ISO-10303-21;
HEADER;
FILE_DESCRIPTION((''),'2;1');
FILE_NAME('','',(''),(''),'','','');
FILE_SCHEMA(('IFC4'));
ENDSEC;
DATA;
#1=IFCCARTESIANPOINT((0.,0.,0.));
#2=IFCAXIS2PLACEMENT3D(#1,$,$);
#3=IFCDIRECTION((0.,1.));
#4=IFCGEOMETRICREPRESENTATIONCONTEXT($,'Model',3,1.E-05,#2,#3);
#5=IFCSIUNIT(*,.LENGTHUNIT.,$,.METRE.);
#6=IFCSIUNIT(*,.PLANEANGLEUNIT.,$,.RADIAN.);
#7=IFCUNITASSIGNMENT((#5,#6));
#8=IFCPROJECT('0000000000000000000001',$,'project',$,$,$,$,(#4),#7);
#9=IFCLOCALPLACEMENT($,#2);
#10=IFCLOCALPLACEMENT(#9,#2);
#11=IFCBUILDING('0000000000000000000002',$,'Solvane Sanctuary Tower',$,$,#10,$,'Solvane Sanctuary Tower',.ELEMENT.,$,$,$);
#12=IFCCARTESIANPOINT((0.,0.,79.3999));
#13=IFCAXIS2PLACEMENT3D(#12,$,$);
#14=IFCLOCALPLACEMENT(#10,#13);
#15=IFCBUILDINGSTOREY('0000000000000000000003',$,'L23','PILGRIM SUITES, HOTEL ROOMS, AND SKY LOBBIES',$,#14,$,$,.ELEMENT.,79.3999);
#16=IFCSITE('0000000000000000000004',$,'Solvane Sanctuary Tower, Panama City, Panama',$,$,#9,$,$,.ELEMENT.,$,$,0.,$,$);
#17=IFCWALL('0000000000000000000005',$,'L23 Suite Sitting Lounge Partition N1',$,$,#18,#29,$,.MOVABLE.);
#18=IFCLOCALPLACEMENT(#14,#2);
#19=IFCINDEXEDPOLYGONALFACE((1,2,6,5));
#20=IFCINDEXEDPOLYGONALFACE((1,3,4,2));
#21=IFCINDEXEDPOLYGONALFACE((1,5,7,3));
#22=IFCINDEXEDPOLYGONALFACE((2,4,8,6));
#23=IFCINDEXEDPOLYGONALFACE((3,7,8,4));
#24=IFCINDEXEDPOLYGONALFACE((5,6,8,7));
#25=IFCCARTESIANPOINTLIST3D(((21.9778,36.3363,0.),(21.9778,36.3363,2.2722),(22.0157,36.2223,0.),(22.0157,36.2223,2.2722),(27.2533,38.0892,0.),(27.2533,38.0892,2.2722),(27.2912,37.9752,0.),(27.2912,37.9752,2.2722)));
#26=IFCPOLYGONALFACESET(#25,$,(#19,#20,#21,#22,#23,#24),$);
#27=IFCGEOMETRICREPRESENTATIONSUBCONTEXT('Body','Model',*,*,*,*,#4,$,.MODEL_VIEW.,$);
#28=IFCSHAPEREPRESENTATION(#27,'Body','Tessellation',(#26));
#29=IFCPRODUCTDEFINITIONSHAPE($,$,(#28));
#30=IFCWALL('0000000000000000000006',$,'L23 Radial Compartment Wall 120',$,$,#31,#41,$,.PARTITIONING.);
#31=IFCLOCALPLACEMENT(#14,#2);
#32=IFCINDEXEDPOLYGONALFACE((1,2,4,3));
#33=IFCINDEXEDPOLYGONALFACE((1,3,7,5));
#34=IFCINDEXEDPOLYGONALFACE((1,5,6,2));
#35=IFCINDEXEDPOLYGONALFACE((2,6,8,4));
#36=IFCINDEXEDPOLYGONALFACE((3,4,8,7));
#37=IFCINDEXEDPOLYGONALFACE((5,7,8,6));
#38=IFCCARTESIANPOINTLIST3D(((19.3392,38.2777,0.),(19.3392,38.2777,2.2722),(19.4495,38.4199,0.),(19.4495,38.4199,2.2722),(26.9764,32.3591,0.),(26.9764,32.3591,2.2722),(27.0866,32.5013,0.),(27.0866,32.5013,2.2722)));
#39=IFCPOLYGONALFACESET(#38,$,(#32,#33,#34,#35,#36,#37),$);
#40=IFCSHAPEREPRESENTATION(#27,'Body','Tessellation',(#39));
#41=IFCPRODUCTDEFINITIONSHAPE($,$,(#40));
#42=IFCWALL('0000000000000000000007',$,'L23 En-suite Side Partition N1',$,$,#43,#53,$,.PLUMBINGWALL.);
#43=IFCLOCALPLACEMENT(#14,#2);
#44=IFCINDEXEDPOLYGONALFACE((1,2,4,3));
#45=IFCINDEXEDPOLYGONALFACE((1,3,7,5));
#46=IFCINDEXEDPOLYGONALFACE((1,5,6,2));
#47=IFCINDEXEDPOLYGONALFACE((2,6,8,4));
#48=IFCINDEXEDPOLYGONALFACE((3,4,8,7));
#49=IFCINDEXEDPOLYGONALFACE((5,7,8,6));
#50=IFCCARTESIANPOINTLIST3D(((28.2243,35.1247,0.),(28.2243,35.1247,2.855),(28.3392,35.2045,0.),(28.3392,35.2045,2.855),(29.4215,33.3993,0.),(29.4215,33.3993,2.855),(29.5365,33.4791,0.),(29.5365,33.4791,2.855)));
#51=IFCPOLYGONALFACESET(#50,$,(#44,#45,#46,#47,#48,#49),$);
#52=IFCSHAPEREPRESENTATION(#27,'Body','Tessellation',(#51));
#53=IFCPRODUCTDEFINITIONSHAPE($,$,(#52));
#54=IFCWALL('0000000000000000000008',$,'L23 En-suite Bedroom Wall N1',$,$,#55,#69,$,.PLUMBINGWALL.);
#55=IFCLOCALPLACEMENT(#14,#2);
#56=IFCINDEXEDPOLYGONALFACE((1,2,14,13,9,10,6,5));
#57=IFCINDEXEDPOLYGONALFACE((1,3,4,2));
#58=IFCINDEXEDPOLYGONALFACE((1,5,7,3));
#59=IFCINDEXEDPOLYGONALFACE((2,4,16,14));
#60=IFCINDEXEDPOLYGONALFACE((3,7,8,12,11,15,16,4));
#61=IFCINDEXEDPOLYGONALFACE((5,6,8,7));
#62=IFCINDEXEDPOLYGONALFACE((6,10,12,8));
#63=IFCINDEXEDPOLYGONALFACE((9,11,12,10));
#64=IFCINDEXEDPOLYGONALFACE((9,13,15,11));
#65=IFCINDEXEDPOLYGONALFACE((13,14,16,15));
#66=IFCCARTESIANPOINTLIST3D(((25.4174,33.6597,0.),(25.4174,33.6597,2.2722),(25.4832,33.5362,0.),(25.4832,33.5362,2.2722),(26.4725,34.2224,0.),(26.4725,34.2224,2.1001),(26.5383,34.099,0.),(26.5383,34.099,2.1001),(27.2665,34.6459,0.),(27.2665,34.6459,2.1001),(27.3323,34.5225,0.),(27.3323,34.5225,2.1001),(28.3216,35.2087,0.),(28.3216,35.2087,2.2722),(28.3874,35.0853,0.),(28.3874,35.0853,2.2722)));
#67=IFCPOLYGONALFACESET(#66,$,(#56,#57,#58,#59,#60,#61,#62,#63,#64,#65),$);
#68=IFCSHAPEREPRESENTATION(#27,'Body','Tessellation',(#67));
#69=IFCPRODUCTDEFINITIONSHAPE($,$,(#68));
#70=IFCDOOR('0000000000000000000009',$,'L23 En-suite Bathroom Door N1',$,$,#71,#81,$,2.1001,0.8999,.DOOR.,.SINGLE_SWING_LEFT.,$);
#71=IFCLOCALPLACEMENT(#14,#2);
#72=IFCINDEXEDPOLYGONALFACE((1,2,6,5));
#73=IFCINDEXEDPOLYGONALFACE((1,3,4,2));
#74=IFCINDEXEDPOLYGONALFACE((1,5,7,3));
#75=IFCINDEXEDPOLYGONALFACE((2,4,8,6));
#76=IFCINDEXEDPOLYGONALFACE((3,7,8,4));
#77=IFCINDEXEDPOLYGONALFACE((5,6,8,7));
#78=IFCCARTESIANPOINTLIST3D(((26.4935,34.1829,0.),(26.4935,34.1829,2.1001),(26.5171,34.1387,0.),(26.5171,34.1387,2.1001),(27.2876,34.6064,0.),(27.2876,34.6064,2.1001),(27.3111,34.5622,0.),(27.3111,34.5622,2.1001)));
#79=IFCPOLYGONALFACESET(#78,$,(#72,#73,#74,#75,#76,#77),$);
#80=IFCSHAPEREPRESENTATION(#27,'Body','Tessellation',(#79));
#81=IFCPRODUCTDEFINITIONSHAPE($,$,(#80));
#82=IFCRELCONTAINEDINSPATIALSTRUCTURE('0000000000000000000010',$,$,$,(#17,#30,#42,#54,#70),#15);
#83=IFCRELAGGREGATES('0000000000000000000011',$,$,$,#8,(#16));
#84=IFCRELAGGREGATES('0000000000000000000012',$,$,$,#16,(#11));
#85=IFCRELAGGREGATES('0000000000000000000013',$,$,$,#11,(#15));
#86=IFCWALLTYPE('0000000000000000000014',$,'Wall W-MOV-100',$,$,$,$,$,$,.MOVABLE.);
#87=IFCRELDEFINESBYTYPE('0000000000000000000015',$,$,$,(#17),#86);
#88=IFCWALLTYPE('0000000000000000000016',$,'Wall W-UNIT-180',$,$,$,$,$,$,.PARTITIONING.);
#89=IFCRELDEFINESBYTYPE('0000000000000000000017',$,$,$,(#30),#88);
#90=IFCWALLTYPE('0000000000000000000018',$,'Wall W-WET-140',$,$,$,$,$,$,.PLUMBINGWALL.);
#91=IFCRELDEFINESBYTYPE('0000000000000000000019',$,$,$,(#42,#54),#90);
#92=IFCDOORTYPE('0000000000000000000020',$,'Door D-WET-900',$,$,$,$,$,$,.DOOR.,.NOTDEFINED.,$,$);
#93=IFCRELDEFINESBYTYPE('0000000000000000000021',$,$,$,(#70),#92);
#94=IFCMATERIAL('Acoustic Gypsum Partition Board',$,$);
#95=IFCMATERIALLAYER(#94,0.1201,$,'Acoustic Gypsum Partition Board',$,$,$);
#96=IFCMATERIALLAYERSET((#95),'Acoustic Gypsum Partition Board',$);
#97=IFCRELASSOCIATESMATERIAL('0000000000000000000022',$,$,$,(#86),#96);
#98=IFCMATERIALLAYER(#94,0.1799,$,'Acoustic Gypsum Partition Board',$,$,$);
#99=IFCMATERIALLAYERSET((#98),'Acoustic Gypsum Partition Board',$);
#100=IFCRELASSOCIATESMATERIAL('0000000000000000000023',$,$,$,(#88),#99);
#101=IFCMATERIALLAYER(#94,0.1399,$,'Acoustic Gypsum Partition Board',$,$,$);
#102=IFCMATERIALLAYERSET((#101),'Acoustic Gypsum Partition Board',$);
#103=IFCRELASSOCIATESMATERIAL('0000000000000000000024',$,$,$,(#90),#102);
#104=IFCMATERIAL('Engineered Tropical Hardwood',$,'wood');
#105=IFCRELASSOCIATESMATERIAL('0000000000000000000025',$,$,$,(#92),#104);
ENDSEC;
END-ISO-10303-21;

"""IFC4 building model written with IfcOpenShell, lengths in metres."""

from ifc_helpers import new_model, si_unit, direction, frame, frame_2d, origin, place, context, subcontext, project, spatial, rectangle, extrude, material, layer, layer_set, type_object, element, fill, save


model = new_model("IFC4")

# Units and contexts
model_context = context("Model", 3, precision=1e-05, world=origin(), true_north=direction((0.0, 1.0)))
body_context = subcontext(model_context, "Body", "Model", "MODEL_VIEW")
ifc_project = project(units=[si_unit("LENGTHUNIT", "METRE"), si_unit("PLANEANGLEUNIT", "RADIAN")], contexts=[model_context])

# Site, building, storey
site_placement = place(None, origin())
site = spatial("IfcSite", under=ifc_project, at=site_placement, Name="Solvane Sanctuary Tower, Panama City, Panama", CompositionType="ELEMENT", RefElevation=0.0)
building_placement = place(site_placement, origin())
building = spatial("IfcBuilding", under=site, at=building_placement, Name="Solvane Sanctuary Tower", LongName="Solvane Sanctuary Tower", CompositionType="ELEMENT")
storey_placement = place(building_placement, frame((0.0, 0.0, 79.3999)))
storey = spatial("IfcBuildingStorey", under=building, at=storey_placement, Name="L23", Description="PILGRIM SUITES, HOTEL ROOMS, AND SKY LOBBIES", CompositionType="ELEMENT", Elevation=79.3999)

# Shared definitions
ifc_material_1 = material(Name="Acoustic Gypsum Partition Board")

# Walls
ifc_layer_1 = layer(ifc_material_1, 0.1201, Name="Acoustic Gypsum Partition Board")
ifc_layer_set_1 = layer_set([ifc_layer_1], Name="Acoustic Gypsum Partition Board")
wall_type_1 = type_object("IfcWallType", Name="Wall W-MOV-100", PredefinedType="MOVABLE", material=ifc_layer_set_1)
wall_1_placement = place(storey_placement, frame((27.2722, 38.0322, 0.0), z_axis=(0.0, 0.0, 1.0), x_axis=(-0.948982, -0.315332, 0.0)))
element("IfcWall", 1, at=wall_1_placement, inside=storey, type_object=wall_type_1, Name="L23 Suite Sitting Lounge Partition N1", PredefinedType="MOVABLE", context=body_context, shape_type="SweptSolid", body=[
    extrude(rectangle(XDim=5.5591, YDim=0.1201, at=frame_2d((2.7795, 0.0))), origin(), (0.0, 0.0, 1.0), 2.2722),
])
ifc_layer_2 = layer(ifc_material_1, 0.1799, Name="Acoustic Gypsum Partition Board")
ifc_layer_set_2 = layer_set([ifc_layer_2], Name="Acoustic Gypsum Partition Board")
wall_type_2 = type_object("IfcWallType", Name="Wall W-UNIT-180", PredefinedType="PARTITIONING", material=ifc_layer_set_2)
wall_2_placement = place(storey_placement, frame((27.0315, 32.4302, 0.0), z_axis=(0.0, 0.0, 1.0), x_axis=(-0.790422, 0.612563, 0.0)))
element("IfcWall", 2, at=wall_2_placement, inside=storey, type_object=wall_type_2, Name="L23 Radial Compartment Wall 120", PredefinedType="PARTITIONING", context=body_context, shape_type="SweptSolid", body=[
    extrude(rectangle(XDim=9.6621, YDim=0.1799, at=frame_2d((4.8311, 0.0))), origin(), (0.0, 0.0, 1.0), 2.2722),
])
ifc_layer_3 = layer(ifc_material_1, 0.1399, Name="Acoustic Gypsum Partition Board")
ifc_layer_set_3 = layer_set([ifc_layer_3], Name="Acoustic Gypsum Partition Board")
wall_type_3 = type_object("IfcWallType", Name="Wall W-WET-140", PredefinedType="PLUMBINGWALL", material=ifc_layer_set_3)
wall_3_placement = place(storey_placement, frame((29.479, 33.4392, 0.0), z_axis=(0.0, 0.0, 1.0), x_axis=(-0.57011, 0.821568, 0.0)))
element("IfcWall", 3, at=wall_3_placement, inside=storey, type_object=wall_type_3, Name="L23 En-suite Side Partition N1", PredefinedType="PLUMBINGWALL", context=body_context, shape_type="SweptSolid", body=[
    extrude(rectangle(XDim=2.1001, YDim=0.1399, at=frame_2d((1.05, 0.0))), origin(), (0.0, 0.0, 1.0), 2.855),
])

# Wall, opening, door
wall_4_placement = place(storey_placement, frame((28.3545, 35.147, 0.0), z_axis=(0.0, 0.0, 1.0), x_axis=(-0.882339, -0.470615, 0.0)))
wall_4 = element("IfcWall", 4, at=wall_4_placement, inside=storey, type_object=wall_type_3, Name="L23 En-suite Bedroom Wall N1", PredefinedType="PLUMBINGWALL", context=body_context, shape_type="SweptSolid", body=[
    extrude(rectangle(XDim=3.2915, YDim=0.1399, at=frame_2d((1.6458, 0.0))), origin(), (0.0, 0.0, 1.0), 2.2722),
])
opening_1_placement = place(wall_4_placement, frame((1.1958, 0.0, 0.0)))
opening_1 = element("IfcOpeningElement", 5, at=opening_1_placement, cuts=wall_4, PredefinedType="OPENING", context=body_context, shape_type="SweptSolid", body=[
    extrude(rectangle(XDim=0.8999, YDim=2.1001, at=frame_2d((0.45, 1.05))), frame((0.0, 0.0798, 0.0), z_axis=(0.0, -1.0, 0.0), x_axis=(1.0, 0.0, 0.0)), (0.0, 0.0, 1.0), 0.1599),
])
ifc_material_2 = material(Name="Engineered Tropical Hardwood", Category="wood")
door_type = type_object("IfcDoorType", Name="Door D-WET-900", OperationType="NOTDEFINED", PredefinedType="DOOR", material=ifc_material_2)
door_placement = place(opening_1_placement, origin())
door = element("IfcDoor", 6, at=door_placement, inside=storey, type_object=door_type, Name="L23 En-suite Bathroom Door N1", OperationType="SINGLE_SWING_LEFT", OverallHeight=2.1001, OverallWidth=0.8999, PredefinedType="DOOR", context=body_context, shape_type="SweptSolid", body=[
    extrude(rectangle(XDim=0.8999, YDim=2.1001, at=frame_2d((0.45, 1.05))), frame((0.0, 0.0249, 0.0), z_axis=(0.0, -1.0, 0.0), x_axis=(1.0, 0.0, 0.0)), (0.0, 0.0, 1.0), 0.05),
])
fill(opening_1, door)

save(model, "model.ifc")
